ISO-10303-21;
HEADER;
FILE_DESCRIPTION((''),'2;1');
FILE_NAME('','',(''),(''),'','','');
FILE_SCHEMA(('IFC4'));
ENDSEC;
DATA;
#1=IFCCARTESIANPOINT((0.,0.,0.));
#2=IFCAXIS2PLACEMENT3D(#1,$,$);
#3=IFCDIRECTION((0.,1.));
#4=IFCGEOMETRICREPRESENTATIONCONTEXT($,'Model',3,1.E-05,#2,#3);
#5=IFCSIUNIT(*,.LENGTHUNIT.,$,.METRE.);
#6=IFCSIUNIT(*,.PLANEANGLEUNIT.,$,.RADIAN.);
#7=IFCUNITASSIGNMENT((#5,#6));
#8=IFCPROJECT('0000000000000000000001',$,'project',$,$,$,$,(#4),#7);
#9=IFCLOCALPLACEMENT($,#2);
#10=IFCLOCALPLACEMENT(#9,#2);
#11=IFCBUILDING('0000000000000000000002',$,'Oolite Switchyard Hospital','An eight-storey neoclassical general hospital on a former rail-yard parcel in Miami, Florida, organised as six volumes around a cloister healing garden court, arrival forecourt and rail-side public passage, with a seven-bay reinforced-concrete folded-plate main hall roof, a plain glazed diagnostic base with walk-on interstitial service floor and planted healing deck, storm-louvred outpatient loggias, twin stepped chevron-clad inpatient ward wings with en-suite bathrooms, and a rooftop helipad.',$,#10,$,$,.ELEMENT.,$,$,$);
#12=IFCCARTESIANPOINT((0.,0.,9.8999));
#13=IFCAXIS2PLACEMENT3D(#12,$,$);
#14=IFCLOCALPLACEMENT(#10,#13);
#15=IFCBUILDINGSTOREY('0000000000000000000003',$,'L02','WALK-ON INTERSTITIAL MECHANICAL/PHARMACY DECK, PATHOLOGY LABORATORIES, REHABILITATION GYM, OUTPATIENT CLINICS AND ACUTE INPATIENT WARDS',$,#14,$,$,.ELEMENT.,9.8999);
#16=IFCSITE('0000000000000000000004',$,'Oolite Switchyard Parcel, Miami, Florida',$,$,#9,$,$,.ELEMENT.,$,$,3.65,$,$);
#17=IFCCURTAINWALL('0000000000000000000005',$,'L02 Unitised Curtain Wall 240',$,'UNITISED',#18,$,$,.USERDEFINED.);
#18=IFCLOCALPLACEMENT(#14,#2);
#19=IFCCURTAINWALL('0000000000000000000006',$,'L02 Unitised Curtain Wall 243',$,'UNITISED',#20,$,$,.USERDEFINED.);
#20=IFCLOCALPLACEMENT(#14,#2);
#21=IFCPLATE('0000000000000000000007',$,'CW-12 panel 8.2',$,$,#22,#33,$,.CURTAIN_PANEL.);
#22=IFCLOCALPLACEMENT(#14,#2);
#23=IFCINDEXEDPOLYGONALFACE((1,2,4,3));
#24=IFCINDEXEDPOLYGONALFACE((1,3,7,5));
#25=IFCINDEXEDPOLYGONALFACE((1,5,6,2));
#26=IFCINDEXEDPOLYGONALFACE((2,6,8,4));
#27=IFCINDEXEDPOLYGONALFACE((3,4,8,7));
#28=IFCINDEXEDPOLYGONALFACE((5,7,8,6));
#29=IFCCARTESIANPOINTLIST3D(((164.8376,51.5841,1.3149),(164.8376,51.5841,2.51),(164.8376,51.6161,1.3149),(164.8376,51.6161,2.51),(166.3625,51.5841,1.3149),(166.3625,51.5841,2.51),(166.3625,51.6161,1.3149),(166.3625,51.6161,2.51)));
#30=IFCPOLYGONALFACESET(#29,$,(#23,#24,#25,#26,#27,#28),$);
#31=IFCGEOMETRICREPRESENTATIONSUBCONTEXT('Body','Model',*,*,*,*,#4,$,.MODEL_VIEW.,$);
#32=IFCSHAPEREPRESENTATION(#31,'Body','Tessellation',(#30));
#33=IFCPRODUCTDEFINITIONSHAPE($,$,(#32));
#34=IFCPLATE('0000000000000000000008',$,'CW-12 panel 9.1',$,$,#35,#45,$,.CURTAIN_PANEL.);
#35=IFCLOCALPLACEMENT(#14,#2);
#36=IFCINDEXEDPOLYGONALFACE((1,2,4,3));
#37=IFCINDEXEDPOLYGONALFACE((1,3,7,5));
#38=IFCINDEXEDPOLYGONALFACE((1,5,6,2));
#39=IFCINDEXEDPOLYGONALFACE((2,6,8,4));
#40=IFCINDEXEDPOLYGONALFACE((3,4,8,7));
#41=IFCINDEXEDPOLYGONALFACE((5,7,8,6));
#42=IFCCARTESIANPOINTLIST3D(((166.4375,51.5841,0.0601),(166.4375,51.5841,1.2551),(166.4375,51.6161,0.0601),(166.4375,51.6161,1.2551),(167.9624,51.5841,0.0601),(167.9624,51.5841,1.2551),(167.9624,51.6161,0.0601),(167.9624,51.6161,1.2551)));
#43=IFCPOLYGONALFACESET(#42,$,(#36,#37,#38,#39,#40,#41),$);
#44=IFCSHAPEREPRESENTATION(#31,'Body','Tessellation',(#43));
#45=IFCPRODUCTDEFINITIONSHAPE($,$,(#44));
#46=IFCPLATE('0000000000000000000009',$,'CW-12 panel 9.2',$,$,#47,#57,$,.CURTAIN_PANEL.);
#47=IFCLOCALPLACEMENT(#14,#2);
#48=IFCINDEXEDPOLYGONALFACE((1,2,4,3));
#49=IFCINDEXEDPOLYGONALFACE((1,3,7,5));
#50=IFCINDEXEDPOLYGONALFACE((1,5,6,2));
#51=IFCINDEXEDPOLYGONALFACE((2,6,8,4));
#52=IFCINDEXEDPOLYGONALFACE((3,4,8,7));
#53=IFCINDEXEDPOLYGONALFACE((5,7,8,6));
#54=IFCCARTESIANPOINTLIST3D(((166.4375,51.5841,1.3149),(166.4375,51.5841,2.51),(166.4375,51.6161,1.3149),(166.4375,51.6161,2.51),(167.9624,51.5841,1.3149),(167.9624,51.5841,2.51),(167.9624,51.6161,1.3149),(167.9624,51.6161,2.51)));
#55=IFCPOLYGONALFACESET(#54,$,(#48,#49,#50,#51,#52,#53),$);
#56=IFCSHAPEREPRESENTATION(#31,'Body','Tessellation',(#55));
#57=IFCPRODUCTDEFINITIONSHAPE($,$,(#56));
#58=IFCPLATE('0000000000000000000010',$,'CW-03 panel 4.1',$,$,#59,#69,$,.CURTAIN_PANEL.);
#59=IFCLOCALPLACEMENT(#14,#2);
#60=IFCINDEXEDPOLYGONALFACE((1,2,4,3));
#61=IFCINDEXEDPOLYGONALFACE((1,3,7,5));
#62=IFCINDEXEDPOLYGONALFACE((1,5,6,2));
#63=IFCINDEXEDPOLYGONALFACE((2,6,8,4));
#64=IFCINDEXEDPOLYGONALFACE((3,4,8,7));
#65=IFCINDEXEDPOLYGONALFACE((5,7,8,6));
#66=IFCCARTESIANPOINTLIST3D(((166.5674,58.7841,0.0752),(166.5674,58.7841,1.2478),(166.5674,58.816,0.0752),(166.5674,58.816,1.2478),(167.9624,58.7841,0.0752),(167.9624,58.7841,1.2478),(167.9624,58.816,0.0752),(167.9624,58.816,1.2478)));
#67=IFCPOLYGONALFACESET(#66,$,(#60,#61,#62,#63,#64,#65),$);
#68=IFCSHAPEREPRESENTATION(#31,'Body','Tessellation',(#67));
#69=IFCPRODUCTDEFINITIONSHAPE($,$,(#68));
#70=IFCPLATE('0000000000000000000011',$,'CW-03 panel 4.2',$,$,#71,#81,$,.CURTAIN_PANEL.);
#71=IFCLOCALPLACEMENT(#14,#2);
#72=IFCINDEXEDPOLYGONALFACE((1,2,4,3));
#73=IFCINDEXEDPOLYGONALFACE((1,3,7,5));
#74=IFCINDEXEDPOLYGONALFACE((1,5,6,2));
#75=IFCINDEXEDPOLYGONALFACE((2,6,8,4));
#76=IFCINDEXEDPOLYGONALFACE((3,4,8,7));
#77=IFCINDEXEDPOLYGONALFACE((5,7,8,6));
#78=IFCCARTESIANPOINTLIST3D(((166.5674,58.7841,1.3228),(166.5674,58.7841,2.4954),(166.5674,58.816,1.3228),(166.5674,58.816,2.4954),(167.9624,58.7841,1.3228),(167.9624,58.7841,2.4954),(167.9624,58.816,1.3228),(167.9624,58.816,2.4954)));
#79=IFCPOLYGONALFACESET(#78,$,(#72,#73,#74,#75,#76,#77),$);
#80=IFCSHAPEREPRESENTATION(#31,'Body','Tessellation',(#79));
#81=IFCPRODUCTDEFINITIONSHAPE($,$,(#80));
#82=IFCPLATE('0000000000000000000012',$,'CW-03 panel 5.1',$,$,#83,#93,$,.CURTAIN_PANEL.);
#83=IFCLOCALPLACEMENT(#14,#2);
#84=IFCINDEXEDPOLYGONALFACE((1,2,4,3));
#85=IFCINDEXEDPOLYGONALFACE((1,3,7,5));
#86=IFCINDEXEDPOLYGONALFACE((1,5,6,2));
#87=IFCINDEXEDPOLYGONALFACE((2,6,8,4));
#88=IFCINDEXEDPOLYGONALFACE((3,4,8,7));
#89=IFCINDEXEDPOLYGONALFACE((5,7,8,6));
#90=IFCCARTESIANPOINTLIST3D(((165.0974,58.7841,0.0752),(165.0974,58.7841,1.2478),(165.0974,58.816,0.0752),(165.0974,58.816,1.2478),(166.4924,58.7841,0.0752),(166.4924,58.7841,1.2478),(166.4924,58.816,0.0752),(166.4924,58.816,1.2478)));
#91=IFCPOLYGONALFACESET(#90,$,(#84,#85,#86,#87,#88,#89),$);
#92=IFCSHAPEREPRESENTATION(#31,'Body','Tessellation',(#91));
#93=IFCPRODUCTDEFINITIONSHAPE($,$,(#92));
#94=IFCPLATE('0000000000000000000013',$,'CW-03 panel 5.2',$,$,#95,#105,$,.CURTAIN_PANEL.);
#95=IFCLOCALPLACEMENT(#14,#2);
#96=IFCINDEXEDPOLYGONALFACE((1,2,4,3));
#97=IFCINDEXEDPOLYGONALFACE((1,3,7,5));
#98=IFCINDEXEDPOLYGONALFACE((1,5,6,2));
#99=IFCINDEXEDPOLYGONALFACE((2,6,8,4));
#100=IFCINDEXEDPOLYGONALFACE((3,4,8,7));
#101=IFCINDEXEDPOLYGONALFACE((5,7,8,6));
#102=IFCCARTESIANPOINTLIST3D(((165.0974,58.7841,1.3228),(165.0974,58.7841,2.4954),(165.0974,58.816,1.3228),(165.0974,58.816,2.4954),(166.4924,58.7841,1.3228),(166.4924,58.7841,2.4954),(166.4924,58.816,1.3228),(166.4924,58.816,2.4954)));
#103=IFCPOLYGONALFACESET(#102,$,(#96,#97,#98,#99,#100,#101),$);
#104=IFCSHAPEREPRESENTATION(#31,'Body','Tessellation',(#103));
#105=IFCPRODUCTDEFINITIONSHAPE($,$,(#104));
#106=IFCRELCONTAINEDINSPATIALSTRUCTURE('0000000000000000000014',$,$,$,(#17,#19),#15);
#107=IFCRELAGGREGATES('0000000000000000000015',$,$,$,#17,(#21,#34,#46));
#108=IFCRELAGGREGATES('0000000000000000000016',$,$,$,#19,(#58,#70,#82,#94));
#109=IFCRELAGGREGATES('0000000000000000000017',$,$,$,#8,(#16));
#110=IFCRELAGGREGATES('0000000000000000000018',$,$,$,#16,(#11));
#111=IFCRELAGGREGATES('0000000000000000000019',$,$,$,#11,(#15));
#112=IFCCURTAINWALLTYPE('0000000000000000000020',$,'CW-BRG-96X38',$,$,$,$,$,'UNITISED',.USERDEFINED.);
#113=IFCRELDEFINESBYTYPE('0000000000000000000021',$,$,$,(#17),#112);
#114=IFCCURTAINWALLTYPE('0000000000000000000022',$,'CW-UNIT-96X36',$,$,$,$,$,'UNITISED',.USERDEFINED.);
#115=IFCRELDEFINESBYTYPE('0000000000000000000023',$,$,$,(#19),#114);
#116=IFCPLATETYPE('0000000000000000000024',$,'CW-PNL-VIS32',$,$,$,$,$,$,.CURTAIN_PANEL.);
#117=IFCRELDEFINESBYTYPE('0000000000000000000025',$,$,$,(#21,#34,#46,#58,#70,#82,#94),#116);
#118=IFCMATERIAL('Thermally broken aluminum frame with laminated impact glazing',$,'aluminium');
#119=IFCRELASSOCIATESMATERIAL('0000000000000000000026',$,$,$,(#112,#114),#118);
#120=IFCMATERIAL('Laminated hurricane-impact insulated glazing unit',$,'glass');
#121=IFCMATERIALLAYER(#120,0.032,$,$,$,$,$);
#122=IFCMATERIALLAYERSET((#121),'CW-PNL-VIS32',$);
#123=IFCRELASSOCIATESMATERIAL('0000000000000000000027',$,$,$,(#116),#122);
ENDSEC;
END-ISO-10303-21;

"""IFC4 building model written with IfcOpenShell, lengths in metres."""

from ifc_helpers import new_model, si_unit, direction, frame, origin, origin_2d, place, context, subcontext, project, spatial, rectangle, extrude, material, layer, layer_set, type_object, element, aggregate, save


model = new_model("IFC4")

# Units and contexts
model_context = context("Model", 3, precision=1e-05, world=origin(), true_north=direction((0.0, 1.0)))
body_context = subcontext(model_context, "Body", "Model", "MODEL_VIEW")
ifc_project = project(units=[si_unit("LENGTHUNIT", "METRE"), si_unit("PLANEANGLEUNIT", "RADIAN")], contexts=[model_context])

# Site, building, storey
site_placement = place(None, origin())
site = spatial("IfcSite", under=ifc_project, at=site_placement, Name="Oolite Switchyard Parcel, Miami, Florida", CompositionType="ELEMENT", RefElevation=3.65)
building_placement = place(site_placement, origin())
building = spatial("IfcBuilding", under=site, at=building_placement, Name="Oolite Switchyard Hospital", Description="An eight-storey neoclassical general hospital on a former rail-yard parcel in Miami, Florida, organised as six volumes around a cloister healing garden court, arrival forecourt and rail-side public passage, with a seven-bay reinforced-concrete folded-plate main hall roof, a plain glazed diagnostic base with walk-on interstitial service floor and planted healing deck, storm-louvred outpatient loggias, twin stepped chevron-clad inpatient ward wings with en-suite bathrooms, and a rooftop helipad.", CompositionType="ELEMENT")
storey_placement = place(building_placement, frame((0.0, 0.0, 9.8999)))
storey = spatial("IfcBuildingStorey", under=building, at=storey_placement, Name="L02", Description="WALK-ON INTERSTITIAL MECHANICAL/PHARMACY DECK, PATHOLOGY LABORATORIES, REHABILITATION GYM, OUTPATIENT CLINICS AND ACUTE INPATIENT WARDS", CompositionType="ELEMENT", Elevation=9.8999)

# Curtain wall
ifc_material_1 = material(Name="Thermally broken aluminum frame with laminated impact glazing", Category="aluminium")
curtain_wall_type_1 = type_object("IfcCurtainWallType", Name="CW-BRG-96X38", ElementType="UNITISED", PredefinedType="USERDEFINED", material=ifc_material_1)
curtain_wall_1_placement = place(storey_placement, origin())
curtain_wall_1 = element("IfcCurtainWall", 1, at=curtain_wall_1_placement, inside=storey, type_object=curtain_wall_type_1, Name="L02 Unitised Curtain Wall 240", ObjectType="UNITISED", PredefinedType="USERDEFINED")

# Curtain wall
curtain_wall_type_2 = type_object("IfcCurtainWallType", Name="CW-UNIT-96X36", ElementType="UNITISED", PredefinedType="USERDEFINED", material=ifc_material_1)
curtain_wall_2_placement = place(storey_placement, origin())
curtain_wall_2 = element("IfcCurtainWall", 2, at=curtain_wall_2_placement, inside=storey, type_object=curtain_wall_type_2, Name="L02 Unitised Curtain Wall 243", ObjectType="UNITISED", PredefinedType="USERDEFINED")

# Plates
ifc_material_2 = material(Name="Laminated hurricane-impact insulated glazing unit", Category="glass")
ifc_layer = layer(ifc_material_2, 0.032)
ifc_layer_set = layer_set([ifc_layer], Name="CW-PNL-VIS32")
plate_type = type_object("IfcPlateType", Name="CW-PNL-VIS32", PredefinedType="CURTAIN_PANEL", material=ifc_layer_set)
plate_1_placement = place(storey_placement, frame((165.6001, 51.6001, 1.3149), z_axis=(0.0, 0.0, 1.0), x_axis=(1.0, 0.0, 0.0)))
plate_1 = element("IfcPlate", 3, at=plate_1_placement, type_object=plate_type, Name="CW-12 panel 8.2", PredefinedType="CURTAIN_PANEL", context=body_context, shape_type="SweptSolid", body=[
    extrude(rectangle(XDim=1.5249, YDim=0.032, at=origin_2d()), origin(), (0.0, 0.0, 1.0), 1.1951),
])
plate_2_placement = place(storey_placement, frame((167.2, 51.6001, 0.0601), z_axis=(0.0, 0.0, 1.0), x_axis=(1.0, 0.0, 0.0)))
plate_2 = element("IfcPlate", 4, at=plate_2_placement, type_object=plate_type, Name="CW-12 panel 9.1", PredefinedType="CURTAIN_PANEL", context=body_context, shape_type="SweptSolid", body=[
    extrude(rectangle(XDim=1.5249, YDim=0.032, at=origin_2d()), origin(), (0.0, 0.0, 1.0), 1.1951),
])
plate_3_placement = place(storey_placement, frame((167.2, 51.6001, 1.3149), z_axis=(0.0, 0.0, 1.0), x_axis=(1.0, 0.0, 0.0)))
plate_3 = element("IfcPlate", 5, at=plate_3_placement, type_object=plate_type, Name="CW-12 panel 9.2", PredefinedType="CURTAIN_PANEL", context=body_context, shape_type="SweptSolid", body=[
    extrude(rectangle(XDim=1.5249, YDim=0.032, at=origin_2d()), origin(), (0.0, 0.0, 1.0), 1.1951),
])
aggregate(curtain_wall_1, [plate_1, plate_2, plate_3])
plate_4_placement = place(storey_placement, frame((167.2649, 58.8, 0.0752), z_axis=(0.0, 0.0, 1.0), x_axis=(-1.0, 0.0, 0.0)))
plate_4 = element("IfcPlate", 6, at=plate_4_placement, type_object=plate_type, Name="CW-03 panel 4.1", PredefinedType="CURTAIN_PANEL", context=body_context, shape_type="SweptSolid", body=[
    extrude(rectangle(XDim=1.395, YDim=0.032, at=origin_2d()), origin(), (0.0, 0.0, 1.0), 1.1726),
])
plate_5_placement = place(storey_placement, frame((167.2649, 58.8, 1.3228), z_axis=(0.0, 0.0, 1.0), x_axis=(-1.0, 0.0, 0.0)))
plate_5 = element("IfcPlate", 7, at=plate_5_placement, type_object=plate_type, Name="CW-03 panel 4.2", PredefinedType="CURTAIN_PANEL", context=body_context, shape_type="SweptSolid", body=[
    extrude(rectangle(XDim=1.395, YDim=0.032, at=origin_2d()), origin(), (0.0, 0.0, 1.0), 1.1726),
])
plate_6_placement = place(storey_placement, frame((165.7949, 58.8, 0.0752), z_axis=(0.0, 0.0, 1.0), x_axis=(-1.0, 0.0, 0.0)))
plate_6 = element("IfcPlate", 8, at=plate_6_placement, type_object=plate_type, Name="CW-03 panel 5.1", PredefinedType="CURTAIN_PANEL", context=body_context, shape_type="SweptSolid", body=[
    extrude(rectangle(XDim=1.395, YDim=0.032, at=origin_2d()), origin(), (0.0, 0.0, 1.0), 1.1726),
])
plate_7_placement = place(storey_placement, frame((165.7949, 58.8, 1.3228), z_axis=(0.0, 0.0, 1.0), x_axis=(-1.0, 0.0, 0.0)))
plate_7 = element("IfcPlate", 9, at=plate_7_placement, type_object=plate_type, Name="CW-03 panel 5.2", PredefinedType="CURTAIN_PANEL", context=body_context, shape_type="SweptSolid", body=[
    extrude(rectangle(XDim=1.395, YDim=0.032, at=origin_2d()), origin(), (0.0, 0.0, 1.0), 1.1726),
])
aggregate(curtain_wall_2, [plate_4, plate_5, plate_6, plate_7])

save(model, "model.ifc")
